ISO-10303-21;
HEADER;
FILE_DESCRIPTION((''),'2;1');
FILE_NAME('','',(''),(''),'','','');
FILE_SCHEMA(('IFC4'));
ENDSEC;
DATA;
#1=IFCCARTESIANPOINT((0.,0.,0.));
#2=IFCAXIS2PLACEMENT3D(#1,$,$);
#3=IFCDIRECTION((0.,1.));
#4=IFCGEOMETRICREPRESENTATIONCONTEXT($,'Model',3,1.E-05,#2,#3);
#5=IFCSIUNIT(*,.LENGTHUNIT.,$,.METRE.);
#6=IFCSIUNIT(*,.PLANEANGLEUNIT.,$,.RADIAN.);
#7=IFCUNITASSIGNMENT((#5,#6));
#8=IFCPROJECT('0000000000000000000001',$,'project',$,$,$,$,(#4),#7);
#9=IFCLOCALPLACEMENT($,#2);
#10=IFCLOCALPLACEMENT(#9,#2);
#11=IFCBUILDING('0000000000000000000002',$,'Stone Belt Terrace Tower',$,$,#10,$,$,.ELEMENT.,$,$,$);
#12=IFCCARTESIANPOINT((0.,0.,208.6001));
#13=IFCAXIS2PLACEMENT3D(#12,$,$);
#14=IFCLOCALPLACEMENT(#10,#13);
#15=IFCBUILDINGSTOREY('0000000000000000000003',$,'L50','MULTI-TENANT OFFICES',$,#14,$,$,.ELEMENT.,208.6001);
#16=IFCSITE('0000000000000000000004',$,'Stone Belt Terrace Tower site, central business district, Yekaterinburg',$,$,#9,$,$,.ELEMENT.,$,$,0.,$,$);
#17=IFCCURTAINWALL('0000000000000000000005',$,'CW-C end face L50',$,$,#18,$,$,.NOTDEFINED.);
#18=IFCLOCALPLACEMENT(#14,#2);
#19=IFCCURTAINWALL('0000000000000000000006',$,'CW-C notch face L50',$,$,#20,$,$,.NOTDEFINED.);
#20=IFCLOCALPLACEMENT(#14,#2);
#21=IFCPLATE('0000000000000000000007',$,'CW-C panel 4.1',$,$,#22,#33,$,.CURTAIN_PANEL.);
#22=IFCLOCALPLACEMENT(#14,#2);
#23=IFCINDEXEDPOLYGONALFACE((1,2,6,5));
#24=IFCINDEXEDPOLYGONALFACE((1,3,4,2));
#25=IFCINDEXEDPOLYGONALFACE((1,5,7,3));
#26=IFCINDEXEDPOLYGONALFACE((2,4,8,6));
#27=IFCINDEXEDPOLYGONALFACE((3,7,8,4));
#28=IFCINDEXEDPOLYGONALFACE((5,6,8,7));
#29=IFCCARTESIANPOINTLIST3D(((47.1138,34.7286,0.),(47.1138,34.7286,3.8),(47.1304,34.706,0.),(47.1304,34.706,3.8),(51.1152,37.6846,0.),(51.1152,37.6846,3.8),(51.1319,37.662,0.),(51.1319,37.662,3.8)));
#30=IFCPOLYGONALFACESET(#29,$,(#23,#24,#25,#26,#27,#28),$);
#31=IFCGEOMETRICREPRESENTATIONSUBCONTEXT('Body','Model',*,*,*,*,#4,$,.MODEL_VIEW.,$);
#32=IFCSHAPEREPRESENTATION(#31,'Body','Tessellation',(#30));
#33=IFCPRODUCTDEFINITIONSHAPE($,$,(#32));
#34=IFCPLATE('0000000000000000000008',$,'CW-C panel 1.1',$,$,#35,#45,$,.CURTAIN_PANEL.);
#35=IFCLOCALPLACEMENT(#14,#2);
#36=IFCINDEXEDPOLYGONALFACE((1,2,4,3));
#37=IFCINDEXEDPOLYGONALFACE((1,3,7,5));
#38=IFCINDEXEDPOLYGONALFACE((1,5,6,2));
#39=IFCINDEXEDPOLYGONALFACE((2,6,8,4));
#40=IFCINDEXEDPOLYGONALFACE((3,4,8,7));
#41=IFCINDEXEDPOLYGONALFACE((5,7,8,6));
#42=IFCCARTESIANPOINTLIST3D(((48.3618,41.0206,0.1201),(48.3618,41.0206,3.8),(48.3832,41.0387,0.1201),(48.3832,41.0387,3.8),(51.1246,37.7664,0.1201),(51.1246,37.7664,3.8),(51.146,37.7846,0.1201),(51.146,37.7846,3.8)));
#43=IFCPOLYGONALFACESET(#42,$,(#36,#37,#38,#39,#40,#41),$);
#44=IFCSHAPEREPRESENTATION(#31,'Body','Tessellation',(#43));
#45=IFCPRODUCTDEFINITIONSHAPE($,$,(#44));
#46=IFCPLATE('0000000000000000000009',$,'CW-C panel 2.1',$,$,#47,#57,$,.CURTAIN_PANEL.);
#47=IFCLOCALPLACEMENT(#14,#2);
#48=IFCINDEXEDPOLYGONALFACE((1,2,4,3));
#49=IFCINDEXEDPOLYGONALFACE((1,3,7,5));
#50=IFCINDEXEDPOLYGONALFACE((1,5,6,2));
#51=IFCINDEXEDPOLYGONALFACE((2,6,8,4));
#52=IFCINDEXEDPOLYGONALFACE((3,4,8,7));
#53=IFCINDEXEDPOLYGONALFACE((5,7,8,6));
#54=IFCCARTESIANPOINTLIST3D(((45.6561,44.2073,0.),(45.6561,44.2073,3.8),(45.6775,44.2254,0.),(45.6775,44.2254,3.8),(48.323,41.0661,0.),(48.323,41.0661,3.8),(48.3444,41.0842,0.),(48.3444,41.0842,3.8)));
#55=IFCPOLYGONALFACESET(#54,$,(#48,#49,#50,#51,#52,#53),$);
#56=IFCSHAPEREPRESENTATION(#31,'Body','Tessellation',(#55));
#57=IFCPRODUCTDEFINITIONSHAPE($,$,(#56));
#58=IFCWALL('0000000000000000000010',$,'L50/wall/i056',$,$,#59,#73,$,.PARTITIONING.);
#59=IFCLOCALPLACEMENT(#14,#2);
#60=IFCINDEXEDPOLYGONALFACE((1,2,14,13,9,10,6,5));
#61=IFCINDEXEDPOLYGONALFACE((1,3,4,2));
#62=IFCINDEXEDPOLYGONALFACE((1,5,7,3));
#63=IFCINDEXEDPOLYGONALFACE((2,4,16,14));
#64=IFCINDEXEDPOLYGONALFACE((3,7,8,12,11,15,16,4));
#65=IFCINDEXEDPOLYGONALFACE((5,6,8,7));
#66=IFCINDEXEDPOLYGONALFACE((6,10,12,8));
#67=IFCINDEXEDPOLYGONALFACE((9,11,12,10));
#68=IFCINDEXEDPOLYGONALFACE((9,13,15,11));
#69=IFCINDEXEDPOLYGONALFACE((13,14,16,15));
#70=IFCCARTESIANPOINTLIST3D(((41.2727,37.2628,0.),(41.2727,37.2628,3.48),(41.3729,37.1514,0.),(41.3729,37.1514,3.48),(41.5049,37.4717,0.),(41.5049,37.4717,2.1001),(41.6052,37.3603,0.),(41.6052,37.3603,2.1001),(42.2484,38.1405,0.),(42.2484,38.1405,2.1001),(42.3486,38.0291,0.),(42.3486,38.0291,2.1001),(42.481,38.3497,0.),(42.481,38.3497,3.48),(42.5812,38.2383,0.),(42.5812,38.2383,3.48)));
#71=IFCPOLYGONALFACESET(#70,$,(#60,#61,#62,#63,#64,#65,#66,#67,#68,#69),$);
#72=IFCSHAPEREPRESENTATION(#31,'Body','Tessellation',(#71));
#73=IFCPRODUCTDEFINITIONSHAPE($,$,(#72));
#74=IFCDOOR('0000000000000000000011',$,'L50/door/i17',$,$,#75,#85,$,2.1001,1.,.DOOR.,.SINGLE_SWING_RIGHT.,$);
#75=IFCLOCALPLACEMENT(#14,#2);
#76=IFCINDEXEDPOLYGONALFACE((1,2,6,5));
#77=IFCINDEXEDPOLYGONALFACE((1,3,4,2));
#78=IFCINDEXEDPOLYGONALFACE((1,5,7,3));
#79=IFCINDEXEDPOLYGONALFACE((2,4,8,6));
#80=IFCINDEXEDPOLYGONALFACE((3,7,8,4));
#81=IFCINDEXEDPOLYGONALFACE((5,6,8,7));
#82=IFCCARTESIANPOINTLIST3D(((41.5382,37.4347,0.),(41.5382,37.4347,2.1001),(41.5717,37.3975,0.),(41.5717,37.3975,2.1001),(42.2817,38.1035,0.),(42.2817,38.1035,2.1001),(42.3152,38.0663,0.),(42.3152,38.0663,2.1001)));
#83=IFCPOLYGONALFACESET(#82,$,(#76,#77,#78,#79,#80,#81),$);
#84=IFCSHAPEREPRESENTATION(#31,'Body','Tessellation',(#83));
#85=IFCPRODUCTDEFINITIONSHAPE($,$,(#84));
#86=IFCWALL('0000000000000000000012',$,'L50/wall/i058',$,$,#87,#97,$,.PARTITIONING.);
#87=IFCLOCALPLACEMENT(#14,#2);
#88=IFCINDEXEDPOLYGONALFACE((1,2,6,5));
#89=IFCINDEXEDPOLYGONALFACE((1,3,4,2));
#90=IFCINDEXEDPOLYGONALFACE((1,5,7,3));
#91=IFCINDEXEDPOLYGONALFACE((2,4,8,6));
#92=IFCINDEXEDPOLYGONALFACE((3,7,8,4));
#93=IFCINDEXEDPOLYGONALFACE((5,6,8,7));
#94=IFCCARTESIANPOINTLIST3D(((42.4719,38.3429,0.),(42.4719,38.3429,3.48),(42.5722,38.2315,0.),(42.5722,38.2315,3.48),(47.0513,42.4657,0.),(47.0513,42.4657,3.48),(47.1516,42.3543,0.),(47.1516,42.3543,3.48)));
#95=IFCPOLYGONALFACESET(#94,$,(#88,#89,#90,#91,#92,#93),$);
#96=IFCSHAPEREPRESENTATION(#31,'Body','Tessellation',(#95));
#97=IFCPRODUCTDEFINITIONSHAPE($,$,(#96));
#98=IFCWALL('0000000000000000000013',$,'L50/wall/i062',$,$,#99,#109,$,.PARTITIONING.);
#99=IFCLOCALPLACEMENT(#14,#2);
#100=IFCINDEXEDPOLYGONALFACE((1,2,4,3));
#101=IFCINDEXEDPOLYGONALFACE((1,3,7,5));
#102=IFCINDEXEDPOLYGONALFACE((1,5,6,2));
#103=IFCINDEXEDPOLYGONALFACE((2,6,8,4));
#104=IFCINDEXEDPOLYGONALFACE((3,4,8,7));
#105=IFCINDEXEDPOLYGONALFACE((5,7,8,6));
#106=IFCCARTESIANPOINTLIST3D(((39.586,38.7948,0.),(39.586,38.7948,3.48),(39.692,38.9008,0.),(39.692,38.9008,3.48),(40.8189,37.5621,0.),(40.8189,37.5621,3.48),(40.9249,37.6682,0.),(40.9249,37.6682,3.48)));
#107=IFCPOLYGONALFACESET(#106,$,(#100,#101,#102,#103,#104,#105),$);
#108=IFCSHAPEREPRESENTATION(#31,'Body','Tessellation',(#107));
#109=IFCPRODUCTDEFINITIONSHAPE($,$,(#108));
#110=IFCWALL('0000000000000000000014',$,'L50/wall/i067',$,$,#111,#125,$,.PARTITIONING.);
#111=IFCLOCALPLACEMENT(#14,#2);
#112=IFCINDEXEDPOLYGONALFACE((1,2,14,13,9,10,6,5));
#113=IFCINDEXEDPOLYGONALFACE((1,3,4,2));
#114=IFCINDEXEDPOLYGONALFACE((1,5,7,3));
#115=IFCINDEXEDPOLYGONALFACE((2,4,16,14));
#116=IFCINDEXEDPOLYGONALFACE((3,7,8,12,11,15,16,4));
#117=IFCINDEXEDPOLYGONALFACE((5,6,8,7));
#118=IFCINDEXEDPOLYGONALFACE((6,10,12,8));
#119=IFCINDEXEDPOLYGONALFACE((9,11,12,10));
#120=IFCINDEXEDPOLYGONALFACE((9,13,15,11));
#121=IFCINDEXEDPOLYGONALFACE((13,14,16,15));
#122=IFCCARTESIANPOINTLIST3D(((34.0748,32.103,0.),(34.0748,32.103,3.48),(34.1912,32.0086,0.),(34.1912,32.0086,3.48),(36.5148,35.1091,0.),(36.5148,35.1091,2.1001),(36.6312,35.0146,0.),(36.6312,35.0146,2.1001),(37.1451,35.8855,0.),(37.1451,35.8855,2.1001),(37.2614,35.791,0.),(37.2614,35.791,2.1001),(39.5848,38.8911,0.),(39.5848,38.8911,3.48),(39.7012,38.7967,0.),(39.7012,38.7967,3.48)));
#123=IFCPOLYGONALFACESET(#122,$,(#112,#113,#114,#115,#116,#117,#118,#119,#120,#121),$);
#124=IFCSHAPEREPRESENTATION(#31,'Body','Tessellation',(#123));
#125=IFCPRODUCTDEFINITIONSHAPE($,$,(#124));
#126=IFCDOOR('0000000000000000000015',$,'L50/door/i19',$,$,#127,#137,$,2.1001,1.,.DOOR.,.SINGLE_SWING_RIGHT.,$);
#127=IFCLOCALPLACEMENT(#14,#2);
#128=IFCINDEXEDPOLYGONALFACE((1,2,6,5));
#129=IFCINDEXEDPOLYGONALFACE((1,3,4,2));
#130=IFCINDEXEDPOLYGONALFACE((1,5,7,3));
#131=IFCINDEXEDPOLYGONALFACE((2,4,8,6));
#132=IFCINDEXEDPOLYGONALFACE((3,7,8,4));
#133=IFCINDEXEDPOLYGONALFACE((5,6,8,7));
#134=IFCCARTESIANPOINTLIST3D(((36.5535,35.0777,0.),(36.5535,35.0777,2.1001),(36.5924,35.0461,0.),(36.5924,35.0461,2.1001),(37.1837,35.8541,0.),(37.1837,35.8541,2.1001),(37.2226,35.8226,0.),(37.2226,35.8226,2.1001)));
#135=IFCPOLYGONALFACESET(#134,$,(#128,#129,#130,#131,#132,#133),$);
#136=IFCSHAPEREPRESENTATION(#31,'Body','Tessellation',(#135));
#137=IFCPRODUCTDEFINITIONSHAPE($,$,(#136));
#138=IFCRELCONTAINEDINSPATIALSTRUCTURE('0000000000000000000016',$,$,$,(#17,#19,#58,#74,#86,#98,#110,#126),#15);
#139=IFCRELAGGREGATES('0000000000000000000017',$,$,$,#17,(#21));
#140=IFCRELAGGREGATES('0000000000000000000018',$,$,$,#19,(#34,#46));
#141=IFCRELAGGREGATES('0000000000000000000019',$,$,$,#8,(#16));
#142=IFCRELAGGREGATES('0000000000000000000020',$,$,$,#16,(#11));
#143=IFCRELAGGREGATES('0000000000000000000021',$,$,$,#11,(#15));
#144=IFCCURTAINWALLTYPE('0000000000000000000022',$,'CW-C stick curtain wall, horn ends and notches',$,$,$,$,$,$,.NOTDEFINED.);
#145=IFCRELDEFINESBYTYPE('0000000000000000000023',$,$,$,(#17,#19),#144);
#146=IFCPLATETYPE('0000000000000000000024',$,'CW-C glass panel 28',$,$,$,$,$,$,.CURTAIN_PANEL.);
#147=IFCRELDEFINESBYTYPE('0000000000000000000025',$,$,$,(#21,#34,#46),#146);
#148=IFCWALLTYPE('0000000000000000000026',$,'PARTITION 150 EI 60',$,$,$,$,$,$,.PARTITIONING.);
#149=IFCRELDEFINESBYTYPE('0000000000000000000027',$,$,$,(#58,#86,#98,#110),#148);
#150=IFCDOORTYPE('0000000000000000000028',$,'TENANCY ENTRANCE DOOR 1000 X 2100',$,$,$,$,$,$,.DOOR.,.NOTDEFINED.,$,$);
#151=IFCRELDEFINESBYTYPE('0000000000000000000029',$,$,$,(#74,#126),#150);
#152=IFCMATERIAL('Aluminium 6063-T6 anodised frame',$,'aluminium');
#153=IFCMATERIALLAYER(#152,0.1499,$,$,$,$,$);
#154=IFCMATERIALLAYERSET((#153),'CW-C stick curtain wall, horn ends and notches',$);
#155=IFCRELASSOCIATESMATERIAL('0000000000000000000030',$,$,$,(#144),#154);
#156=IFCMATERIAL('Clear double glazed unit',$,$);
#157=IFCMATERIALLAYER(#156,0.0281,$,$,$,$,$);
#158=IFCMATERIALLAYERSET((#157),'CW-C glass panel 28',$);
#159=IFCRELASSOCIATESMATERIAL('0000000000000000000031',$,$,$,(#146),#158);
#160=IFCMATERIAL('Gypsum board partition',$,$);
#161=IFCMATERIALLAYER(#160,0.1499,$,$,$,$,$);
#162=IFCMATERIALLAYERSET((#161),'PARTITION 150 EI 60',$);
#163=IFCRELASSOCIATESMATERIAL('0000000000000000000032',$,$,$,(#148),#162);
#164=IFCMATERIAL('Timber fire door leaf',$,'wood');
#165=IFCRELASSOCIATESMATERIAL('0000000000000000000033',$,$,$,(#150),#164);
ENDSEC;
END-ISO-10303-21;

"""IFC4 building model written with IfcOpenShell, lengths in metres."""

from ifc_helpers import new_model, si_unit, direction, frame, frame_2d, origin, origin_2d, place, context, subcontext, project, spatial, rectangle, extrude, material, layer, layer_set, type_object, element, fill, aggregate, save


model = new_model("IFC4")

# Units and contexts
model_context = context("Model", 3, precision=1e-05, world=origin(), true_north=direction((0.0, 1.0)))
body_context = subcontext(model_context, "Body", "Model", "MODEL_VIEW")
ifc_project = project(units=[si_unit("LENGTHUNIT", "METRE"), si_unit("PLANEANGLEUNIT", "RADIAN")], contexts=[model_context])

# Site, building, storey
site_placement = place(None, origin())
site = spatial("IfcSite", under=ifc_project, at=site_placement, Name="Stone Belt Terrace Tower site, central business district, Yekaterinburg", CompositionType="ELEMENT", RefElevation=0.0)
building_placement = place(site_placement, origin())
building = spatial("IfcBuilding", under=site, at=building_placement, Name="Stone Belt Terrace Tower", CompositionType="ELEMENT")
storey_placement = place(building_placement, frame((0.0, 0.0, 208.6001)))
storey = spatial("IfcBuildingStorey", under=building, at=storey_placement, Name="L50", Description="MULTI-TENANT OFFICES", CompositionType="ELEMENT", Elevation=208.6001)

# Curtain walls
ifc_material_1 = material(Name="Aluminium 6063-T6 anodised frame", Category="aluminium")
ifc_layer_1 = layer(ifc_material_1, 0.1499)
ifc_layer_set_1 = layer_set([ifc_layer_1], Name="CW-C stick curtain wall, horn ends and notches")
curtain_wall_type = type_object("IfcCurtainWallType", Name="CW-C stick curtain wall, horn ends and notches", PredefinedType="NOTDEFINED", material=ifc_layer_set_1)
curtain_wall_1_placement = place(storey_placement, origin())
curtain_wall_1 = element("IfcCurtainWall", 1, at=curtain_wall_1_placement, inside=storey, type_object=curtain_wall_type, Name="CW-C end face L50", PredefinedType="NOTDEFINED")
curtain_wall_2_placement = place(storey_placement, origin())
curtain_wall_2 = element("IfcCurtainWall", 2, at=curtain_wall_2_placement, inside=storey, type_object=curtain_wall_type, Name="CW-C notch face L50", PredefinedType="NOTDEFINED")

# Plates
ifc_material_2 = material(Name="Clear double glazed unit")
ifc_layer_2 = layer(ifc_material_2, 0.0281)
ifc_layer_set_2 = layer_set([ifc_layer_2], Name="CW-C glass panel 28")
plate_type = type_object("IfcPlateType", Name="CW-C glass panel 28", PredefinedType="CURTAIN_PANEL", material=ifc_layer_set_2)
plate_1_placement = place(storey_placement, frame((49.1228, 36.1953, 0.0), z_axis=(0.0, 0.0, 1.0), x_axis=(0.804329, 0.594184, 0.0)))
plate_1 = element("IfcPlate", 3, at=plate_1_placement, type_object=plate_type, Name="CW-C panel 4.1", PredefinedType="CURTAIN_PANEL", context=body_context, shape_type="SweptSolid", body=[
    extrude(rectangle(XDim=4.9749, YDim=0.0281, at=origin_2d()), origin(), (0.0, 0.0, 1.0), 3.8),
])
aggregate(curtain_wall_1, [plate_1])
plate_2_placement = place(storey_placement, frame((49.7539, 39.4026, 0.1201), z_axis=(0.0, 0.0, 1.0), x_axis=(-0.647211, 0.762311, 0.0)))
plate_2 = element("IfcPlate", 4, at=plate_2_placement, type_object=plate_type, Name="CW-C panel 1.1", PredefinedType="CURTAIN_PANEL", context=body_context, shape_type="SweptSolid", body=[
    extrude(rectangle(XDim=4.2688, YDim=0.0281, at=origin_2d()), origin(), (0.0, 0.0, 1.0), 3.6799),
])
plate_3_placement = place(storey_placement, frame((47.0002, 42.6458, 0.0), z_axis=(0.0, 0.0, 1.0), x_axis=(-0.647211, 0.762311, 0.0)))
plate_3 = element("IfcPlate", 5, at=plate_3_placement, type_object=plate_type, Name="CW-C panel 2.1", PredefinedType="CURTAIN_PANEL", context=body_context, shape_type="SweptSolid", body=[
    extrude(rectangle(XDim=4.1206, YDim=0.0281, at=origin_2d()), origin(), (0.0, 0.0, 1.0), 3.8),
])
aggregate(curtain_wall_2, [plate_2, plate_3])

# Wall, opening, door
ifc_material_3 = material(Name="Gypsum board partition")
ifc_layer_3 = layer(ifc_material_3, 0.1499)
ifc_layer_set_3 = layer_set([ifc_layer_3], Name="PARTITION 150 EI 60")
wall_type = type_object("IfcWallType", Name="PARTITION 150 EI 60", PredefinedType="PARTITIONING", material=ifc_layer_set_3)
wall_1_placement = place(storey_placement, frame((42.531, 38.2939, 0.0), z_axis=(0.0, 0.0, 1.0), x_axis=(-0.743451, -0.66879, 0.0)))
wall_1 = element("IfcWall", 6, at=wall_1_placement, inside=storey, type_object=wall_type, Name="L50/wall/i056", PredefinedType="PARTITIONING", context=body_context, shape_type="SweptSolid", body=[
    extrude(rectangle(XDim=1.6252, YDim=0.1499, at=frame_2d((0.8125, 0.0))), origin(), (0.0, 0.0, 1.0), 3.48),
])
opening_1_placement = place(wall_1_placement, frame((0.3127, 0.0, 0.0)))
opening_1 = element("IfcOpeningElement", 7, at=opening_1_placement, cuts=wall_1, PredefinedType="OPENING", context=body_context, shape_type="SweptSolid", body=[
    extrude(rectangle(XDim=1.0, YDim=2.1001, at=frame_2d((0.5, 1.05))), frame((0.0, 0.085, 0.0), z_axis=(0.0, -1.0, 0.0), x_axis=(1.0, 0.0, 0.0)), (0.0, 0.0, 1.0), 0.1699),
])
ifc_material_4 = material(Name="Timber fire door leaf", Category="wood")
door_type = type_object("IfcDoorType", Name="TENANCY ENTRANCE DOOR 1000 X 2100", OperationType="NOTDEFINED", PredefinedType="DOOR", material=ifc_material_4)
door_1_placement = place(opening_1_placement, origin())
door_1 = element("IfcDoor", 8, at=door_1_placement, inside=storey, type_object=door_type, Name="L50/door/i17", OperationType="SINGLE_SWING_RIGHT", OverallHeight=2.1001, OverallWidth=1.0, PredefinedType="DOOR", context=body_context, shape_type="SweptSolid", body=[
    extrude(rectangle(XDim=1.0, YDim=2.1001, at=frame_2d((0.5, 1.05))), frame((0.0, 0.0249, 0.0), z_axis=(0.0, -1.0, 0.0), x_axis=(1.0, 0.0, 0.0)), (0.0, 0.0, 1.0), 0.05),
])
fill(opening_1, door_1)

# Walls
wall_2_placement = place(storey_placement, frame((42.522, 38.2871, 0.0), z_axis=(0.0, 0.0, 1.0), x_axis=(0.743182, 0.669089, 0.0)))
element("IfcWall", 9, at=wall_2_placement, inside=storey, type_object=wall_type, Name="L50/wall/i058", PredefinedType="PARTITIONING", context=body_context, shape_type="SweptSolid", body=[
    extrude(rectangle(XDim=6.1619, YDim=0.1499, at=frame_2d((3.0811, 0.0))), origin(), (0.0, 0.0, 1.0), 3.48),
])
wall_3_placement = place(storey_placement, frame((40.8718, 37.6152, 0.0), z_axis=(0.0, 0.0, 1.0), x_axis=(-0.707177, 0.707037, 0.0)))
element("IfcWall", 10, at=wall_3_placement, inside=storey, type_object=wall_type, Name="L50/wall/i062", PredefinedType="PARTITIONING", context=body_context, shape_type="SweptSolid", body=[
    extrude(rectangle(XDim=1.7434, YDim=0.1499, at=frame_2d((0.8716, 0.0))), origin(), (0.0, 0.0, 1.0), 3.48),
])

# Wall, opening, door
wall_4_placement = place(storey_placement, frame((39.6431, 38.844, 0.0), z_axis=(0.0, 0.0, 1.0), x_axis=(-0.630227, -0.776411, 0.0)))
wall_4 = element("IfcWall", 11, at=wall_4_placement, inside=storey, type_object=wall_type, Name="L50/wall/i067", PredefinedType="PARTITIONING", context=body_context, shape_type="SweptSolid", body=[
    extrude(rectangle(XDim=8.7429, YDim=0.1499, at=frame_2d((4.3716, 0.0))), origin(), (0.0, 0.0, 1.0), 3.48),
])
opening_2_placement = place(wall_4_placement, frame((3.8713, 0.0, 0.0)))
opening_2 = element("IfcOpeningElement", 12, at=opening_2_placement, cuts=wall_4, PredefinedType="OPENING", context=body_context, shape_type="SweptSolid", body=[
    extrude(rectangle(XDim=1.0, YDim=2.1001, at=frame_2d((0.5, 1.05))), frame((0.0, 0.085, 0.0), z_axis=(0.0, -1.0, 0.0), x_axis=(1.0, 0.0, 0.0)), (0.0, 0.0, 1.0), 0.1699),
])
door_2_placement = place(opening_2_placement, origin())
door_2 = element("IfcDoor", 13, at=door_2_placement, inside=storey, type_object=door_type, Name="L50/door/i19", OperationType="SINGLE_SWING_RIGHT", OverallHeight=2.1001, OverallWidth=1.0, PredefinedType="DOOR", context=body_context, shape_type="SweptSolid", body=[
    extrude(rectangle(XDim=1.0, YDim=2.1001, at=frame_2d((0.5, 1.05))), frame((0.0, 0.0249, 0.0), z_axis=(0.0, -1.0, 0.0), x_axis=(1.0, 0.0, 0.0)), (0.0, 0.0, 1.0), 0.05),
])
fill(opening_2, door_2)

save(model, "model.ifc")
